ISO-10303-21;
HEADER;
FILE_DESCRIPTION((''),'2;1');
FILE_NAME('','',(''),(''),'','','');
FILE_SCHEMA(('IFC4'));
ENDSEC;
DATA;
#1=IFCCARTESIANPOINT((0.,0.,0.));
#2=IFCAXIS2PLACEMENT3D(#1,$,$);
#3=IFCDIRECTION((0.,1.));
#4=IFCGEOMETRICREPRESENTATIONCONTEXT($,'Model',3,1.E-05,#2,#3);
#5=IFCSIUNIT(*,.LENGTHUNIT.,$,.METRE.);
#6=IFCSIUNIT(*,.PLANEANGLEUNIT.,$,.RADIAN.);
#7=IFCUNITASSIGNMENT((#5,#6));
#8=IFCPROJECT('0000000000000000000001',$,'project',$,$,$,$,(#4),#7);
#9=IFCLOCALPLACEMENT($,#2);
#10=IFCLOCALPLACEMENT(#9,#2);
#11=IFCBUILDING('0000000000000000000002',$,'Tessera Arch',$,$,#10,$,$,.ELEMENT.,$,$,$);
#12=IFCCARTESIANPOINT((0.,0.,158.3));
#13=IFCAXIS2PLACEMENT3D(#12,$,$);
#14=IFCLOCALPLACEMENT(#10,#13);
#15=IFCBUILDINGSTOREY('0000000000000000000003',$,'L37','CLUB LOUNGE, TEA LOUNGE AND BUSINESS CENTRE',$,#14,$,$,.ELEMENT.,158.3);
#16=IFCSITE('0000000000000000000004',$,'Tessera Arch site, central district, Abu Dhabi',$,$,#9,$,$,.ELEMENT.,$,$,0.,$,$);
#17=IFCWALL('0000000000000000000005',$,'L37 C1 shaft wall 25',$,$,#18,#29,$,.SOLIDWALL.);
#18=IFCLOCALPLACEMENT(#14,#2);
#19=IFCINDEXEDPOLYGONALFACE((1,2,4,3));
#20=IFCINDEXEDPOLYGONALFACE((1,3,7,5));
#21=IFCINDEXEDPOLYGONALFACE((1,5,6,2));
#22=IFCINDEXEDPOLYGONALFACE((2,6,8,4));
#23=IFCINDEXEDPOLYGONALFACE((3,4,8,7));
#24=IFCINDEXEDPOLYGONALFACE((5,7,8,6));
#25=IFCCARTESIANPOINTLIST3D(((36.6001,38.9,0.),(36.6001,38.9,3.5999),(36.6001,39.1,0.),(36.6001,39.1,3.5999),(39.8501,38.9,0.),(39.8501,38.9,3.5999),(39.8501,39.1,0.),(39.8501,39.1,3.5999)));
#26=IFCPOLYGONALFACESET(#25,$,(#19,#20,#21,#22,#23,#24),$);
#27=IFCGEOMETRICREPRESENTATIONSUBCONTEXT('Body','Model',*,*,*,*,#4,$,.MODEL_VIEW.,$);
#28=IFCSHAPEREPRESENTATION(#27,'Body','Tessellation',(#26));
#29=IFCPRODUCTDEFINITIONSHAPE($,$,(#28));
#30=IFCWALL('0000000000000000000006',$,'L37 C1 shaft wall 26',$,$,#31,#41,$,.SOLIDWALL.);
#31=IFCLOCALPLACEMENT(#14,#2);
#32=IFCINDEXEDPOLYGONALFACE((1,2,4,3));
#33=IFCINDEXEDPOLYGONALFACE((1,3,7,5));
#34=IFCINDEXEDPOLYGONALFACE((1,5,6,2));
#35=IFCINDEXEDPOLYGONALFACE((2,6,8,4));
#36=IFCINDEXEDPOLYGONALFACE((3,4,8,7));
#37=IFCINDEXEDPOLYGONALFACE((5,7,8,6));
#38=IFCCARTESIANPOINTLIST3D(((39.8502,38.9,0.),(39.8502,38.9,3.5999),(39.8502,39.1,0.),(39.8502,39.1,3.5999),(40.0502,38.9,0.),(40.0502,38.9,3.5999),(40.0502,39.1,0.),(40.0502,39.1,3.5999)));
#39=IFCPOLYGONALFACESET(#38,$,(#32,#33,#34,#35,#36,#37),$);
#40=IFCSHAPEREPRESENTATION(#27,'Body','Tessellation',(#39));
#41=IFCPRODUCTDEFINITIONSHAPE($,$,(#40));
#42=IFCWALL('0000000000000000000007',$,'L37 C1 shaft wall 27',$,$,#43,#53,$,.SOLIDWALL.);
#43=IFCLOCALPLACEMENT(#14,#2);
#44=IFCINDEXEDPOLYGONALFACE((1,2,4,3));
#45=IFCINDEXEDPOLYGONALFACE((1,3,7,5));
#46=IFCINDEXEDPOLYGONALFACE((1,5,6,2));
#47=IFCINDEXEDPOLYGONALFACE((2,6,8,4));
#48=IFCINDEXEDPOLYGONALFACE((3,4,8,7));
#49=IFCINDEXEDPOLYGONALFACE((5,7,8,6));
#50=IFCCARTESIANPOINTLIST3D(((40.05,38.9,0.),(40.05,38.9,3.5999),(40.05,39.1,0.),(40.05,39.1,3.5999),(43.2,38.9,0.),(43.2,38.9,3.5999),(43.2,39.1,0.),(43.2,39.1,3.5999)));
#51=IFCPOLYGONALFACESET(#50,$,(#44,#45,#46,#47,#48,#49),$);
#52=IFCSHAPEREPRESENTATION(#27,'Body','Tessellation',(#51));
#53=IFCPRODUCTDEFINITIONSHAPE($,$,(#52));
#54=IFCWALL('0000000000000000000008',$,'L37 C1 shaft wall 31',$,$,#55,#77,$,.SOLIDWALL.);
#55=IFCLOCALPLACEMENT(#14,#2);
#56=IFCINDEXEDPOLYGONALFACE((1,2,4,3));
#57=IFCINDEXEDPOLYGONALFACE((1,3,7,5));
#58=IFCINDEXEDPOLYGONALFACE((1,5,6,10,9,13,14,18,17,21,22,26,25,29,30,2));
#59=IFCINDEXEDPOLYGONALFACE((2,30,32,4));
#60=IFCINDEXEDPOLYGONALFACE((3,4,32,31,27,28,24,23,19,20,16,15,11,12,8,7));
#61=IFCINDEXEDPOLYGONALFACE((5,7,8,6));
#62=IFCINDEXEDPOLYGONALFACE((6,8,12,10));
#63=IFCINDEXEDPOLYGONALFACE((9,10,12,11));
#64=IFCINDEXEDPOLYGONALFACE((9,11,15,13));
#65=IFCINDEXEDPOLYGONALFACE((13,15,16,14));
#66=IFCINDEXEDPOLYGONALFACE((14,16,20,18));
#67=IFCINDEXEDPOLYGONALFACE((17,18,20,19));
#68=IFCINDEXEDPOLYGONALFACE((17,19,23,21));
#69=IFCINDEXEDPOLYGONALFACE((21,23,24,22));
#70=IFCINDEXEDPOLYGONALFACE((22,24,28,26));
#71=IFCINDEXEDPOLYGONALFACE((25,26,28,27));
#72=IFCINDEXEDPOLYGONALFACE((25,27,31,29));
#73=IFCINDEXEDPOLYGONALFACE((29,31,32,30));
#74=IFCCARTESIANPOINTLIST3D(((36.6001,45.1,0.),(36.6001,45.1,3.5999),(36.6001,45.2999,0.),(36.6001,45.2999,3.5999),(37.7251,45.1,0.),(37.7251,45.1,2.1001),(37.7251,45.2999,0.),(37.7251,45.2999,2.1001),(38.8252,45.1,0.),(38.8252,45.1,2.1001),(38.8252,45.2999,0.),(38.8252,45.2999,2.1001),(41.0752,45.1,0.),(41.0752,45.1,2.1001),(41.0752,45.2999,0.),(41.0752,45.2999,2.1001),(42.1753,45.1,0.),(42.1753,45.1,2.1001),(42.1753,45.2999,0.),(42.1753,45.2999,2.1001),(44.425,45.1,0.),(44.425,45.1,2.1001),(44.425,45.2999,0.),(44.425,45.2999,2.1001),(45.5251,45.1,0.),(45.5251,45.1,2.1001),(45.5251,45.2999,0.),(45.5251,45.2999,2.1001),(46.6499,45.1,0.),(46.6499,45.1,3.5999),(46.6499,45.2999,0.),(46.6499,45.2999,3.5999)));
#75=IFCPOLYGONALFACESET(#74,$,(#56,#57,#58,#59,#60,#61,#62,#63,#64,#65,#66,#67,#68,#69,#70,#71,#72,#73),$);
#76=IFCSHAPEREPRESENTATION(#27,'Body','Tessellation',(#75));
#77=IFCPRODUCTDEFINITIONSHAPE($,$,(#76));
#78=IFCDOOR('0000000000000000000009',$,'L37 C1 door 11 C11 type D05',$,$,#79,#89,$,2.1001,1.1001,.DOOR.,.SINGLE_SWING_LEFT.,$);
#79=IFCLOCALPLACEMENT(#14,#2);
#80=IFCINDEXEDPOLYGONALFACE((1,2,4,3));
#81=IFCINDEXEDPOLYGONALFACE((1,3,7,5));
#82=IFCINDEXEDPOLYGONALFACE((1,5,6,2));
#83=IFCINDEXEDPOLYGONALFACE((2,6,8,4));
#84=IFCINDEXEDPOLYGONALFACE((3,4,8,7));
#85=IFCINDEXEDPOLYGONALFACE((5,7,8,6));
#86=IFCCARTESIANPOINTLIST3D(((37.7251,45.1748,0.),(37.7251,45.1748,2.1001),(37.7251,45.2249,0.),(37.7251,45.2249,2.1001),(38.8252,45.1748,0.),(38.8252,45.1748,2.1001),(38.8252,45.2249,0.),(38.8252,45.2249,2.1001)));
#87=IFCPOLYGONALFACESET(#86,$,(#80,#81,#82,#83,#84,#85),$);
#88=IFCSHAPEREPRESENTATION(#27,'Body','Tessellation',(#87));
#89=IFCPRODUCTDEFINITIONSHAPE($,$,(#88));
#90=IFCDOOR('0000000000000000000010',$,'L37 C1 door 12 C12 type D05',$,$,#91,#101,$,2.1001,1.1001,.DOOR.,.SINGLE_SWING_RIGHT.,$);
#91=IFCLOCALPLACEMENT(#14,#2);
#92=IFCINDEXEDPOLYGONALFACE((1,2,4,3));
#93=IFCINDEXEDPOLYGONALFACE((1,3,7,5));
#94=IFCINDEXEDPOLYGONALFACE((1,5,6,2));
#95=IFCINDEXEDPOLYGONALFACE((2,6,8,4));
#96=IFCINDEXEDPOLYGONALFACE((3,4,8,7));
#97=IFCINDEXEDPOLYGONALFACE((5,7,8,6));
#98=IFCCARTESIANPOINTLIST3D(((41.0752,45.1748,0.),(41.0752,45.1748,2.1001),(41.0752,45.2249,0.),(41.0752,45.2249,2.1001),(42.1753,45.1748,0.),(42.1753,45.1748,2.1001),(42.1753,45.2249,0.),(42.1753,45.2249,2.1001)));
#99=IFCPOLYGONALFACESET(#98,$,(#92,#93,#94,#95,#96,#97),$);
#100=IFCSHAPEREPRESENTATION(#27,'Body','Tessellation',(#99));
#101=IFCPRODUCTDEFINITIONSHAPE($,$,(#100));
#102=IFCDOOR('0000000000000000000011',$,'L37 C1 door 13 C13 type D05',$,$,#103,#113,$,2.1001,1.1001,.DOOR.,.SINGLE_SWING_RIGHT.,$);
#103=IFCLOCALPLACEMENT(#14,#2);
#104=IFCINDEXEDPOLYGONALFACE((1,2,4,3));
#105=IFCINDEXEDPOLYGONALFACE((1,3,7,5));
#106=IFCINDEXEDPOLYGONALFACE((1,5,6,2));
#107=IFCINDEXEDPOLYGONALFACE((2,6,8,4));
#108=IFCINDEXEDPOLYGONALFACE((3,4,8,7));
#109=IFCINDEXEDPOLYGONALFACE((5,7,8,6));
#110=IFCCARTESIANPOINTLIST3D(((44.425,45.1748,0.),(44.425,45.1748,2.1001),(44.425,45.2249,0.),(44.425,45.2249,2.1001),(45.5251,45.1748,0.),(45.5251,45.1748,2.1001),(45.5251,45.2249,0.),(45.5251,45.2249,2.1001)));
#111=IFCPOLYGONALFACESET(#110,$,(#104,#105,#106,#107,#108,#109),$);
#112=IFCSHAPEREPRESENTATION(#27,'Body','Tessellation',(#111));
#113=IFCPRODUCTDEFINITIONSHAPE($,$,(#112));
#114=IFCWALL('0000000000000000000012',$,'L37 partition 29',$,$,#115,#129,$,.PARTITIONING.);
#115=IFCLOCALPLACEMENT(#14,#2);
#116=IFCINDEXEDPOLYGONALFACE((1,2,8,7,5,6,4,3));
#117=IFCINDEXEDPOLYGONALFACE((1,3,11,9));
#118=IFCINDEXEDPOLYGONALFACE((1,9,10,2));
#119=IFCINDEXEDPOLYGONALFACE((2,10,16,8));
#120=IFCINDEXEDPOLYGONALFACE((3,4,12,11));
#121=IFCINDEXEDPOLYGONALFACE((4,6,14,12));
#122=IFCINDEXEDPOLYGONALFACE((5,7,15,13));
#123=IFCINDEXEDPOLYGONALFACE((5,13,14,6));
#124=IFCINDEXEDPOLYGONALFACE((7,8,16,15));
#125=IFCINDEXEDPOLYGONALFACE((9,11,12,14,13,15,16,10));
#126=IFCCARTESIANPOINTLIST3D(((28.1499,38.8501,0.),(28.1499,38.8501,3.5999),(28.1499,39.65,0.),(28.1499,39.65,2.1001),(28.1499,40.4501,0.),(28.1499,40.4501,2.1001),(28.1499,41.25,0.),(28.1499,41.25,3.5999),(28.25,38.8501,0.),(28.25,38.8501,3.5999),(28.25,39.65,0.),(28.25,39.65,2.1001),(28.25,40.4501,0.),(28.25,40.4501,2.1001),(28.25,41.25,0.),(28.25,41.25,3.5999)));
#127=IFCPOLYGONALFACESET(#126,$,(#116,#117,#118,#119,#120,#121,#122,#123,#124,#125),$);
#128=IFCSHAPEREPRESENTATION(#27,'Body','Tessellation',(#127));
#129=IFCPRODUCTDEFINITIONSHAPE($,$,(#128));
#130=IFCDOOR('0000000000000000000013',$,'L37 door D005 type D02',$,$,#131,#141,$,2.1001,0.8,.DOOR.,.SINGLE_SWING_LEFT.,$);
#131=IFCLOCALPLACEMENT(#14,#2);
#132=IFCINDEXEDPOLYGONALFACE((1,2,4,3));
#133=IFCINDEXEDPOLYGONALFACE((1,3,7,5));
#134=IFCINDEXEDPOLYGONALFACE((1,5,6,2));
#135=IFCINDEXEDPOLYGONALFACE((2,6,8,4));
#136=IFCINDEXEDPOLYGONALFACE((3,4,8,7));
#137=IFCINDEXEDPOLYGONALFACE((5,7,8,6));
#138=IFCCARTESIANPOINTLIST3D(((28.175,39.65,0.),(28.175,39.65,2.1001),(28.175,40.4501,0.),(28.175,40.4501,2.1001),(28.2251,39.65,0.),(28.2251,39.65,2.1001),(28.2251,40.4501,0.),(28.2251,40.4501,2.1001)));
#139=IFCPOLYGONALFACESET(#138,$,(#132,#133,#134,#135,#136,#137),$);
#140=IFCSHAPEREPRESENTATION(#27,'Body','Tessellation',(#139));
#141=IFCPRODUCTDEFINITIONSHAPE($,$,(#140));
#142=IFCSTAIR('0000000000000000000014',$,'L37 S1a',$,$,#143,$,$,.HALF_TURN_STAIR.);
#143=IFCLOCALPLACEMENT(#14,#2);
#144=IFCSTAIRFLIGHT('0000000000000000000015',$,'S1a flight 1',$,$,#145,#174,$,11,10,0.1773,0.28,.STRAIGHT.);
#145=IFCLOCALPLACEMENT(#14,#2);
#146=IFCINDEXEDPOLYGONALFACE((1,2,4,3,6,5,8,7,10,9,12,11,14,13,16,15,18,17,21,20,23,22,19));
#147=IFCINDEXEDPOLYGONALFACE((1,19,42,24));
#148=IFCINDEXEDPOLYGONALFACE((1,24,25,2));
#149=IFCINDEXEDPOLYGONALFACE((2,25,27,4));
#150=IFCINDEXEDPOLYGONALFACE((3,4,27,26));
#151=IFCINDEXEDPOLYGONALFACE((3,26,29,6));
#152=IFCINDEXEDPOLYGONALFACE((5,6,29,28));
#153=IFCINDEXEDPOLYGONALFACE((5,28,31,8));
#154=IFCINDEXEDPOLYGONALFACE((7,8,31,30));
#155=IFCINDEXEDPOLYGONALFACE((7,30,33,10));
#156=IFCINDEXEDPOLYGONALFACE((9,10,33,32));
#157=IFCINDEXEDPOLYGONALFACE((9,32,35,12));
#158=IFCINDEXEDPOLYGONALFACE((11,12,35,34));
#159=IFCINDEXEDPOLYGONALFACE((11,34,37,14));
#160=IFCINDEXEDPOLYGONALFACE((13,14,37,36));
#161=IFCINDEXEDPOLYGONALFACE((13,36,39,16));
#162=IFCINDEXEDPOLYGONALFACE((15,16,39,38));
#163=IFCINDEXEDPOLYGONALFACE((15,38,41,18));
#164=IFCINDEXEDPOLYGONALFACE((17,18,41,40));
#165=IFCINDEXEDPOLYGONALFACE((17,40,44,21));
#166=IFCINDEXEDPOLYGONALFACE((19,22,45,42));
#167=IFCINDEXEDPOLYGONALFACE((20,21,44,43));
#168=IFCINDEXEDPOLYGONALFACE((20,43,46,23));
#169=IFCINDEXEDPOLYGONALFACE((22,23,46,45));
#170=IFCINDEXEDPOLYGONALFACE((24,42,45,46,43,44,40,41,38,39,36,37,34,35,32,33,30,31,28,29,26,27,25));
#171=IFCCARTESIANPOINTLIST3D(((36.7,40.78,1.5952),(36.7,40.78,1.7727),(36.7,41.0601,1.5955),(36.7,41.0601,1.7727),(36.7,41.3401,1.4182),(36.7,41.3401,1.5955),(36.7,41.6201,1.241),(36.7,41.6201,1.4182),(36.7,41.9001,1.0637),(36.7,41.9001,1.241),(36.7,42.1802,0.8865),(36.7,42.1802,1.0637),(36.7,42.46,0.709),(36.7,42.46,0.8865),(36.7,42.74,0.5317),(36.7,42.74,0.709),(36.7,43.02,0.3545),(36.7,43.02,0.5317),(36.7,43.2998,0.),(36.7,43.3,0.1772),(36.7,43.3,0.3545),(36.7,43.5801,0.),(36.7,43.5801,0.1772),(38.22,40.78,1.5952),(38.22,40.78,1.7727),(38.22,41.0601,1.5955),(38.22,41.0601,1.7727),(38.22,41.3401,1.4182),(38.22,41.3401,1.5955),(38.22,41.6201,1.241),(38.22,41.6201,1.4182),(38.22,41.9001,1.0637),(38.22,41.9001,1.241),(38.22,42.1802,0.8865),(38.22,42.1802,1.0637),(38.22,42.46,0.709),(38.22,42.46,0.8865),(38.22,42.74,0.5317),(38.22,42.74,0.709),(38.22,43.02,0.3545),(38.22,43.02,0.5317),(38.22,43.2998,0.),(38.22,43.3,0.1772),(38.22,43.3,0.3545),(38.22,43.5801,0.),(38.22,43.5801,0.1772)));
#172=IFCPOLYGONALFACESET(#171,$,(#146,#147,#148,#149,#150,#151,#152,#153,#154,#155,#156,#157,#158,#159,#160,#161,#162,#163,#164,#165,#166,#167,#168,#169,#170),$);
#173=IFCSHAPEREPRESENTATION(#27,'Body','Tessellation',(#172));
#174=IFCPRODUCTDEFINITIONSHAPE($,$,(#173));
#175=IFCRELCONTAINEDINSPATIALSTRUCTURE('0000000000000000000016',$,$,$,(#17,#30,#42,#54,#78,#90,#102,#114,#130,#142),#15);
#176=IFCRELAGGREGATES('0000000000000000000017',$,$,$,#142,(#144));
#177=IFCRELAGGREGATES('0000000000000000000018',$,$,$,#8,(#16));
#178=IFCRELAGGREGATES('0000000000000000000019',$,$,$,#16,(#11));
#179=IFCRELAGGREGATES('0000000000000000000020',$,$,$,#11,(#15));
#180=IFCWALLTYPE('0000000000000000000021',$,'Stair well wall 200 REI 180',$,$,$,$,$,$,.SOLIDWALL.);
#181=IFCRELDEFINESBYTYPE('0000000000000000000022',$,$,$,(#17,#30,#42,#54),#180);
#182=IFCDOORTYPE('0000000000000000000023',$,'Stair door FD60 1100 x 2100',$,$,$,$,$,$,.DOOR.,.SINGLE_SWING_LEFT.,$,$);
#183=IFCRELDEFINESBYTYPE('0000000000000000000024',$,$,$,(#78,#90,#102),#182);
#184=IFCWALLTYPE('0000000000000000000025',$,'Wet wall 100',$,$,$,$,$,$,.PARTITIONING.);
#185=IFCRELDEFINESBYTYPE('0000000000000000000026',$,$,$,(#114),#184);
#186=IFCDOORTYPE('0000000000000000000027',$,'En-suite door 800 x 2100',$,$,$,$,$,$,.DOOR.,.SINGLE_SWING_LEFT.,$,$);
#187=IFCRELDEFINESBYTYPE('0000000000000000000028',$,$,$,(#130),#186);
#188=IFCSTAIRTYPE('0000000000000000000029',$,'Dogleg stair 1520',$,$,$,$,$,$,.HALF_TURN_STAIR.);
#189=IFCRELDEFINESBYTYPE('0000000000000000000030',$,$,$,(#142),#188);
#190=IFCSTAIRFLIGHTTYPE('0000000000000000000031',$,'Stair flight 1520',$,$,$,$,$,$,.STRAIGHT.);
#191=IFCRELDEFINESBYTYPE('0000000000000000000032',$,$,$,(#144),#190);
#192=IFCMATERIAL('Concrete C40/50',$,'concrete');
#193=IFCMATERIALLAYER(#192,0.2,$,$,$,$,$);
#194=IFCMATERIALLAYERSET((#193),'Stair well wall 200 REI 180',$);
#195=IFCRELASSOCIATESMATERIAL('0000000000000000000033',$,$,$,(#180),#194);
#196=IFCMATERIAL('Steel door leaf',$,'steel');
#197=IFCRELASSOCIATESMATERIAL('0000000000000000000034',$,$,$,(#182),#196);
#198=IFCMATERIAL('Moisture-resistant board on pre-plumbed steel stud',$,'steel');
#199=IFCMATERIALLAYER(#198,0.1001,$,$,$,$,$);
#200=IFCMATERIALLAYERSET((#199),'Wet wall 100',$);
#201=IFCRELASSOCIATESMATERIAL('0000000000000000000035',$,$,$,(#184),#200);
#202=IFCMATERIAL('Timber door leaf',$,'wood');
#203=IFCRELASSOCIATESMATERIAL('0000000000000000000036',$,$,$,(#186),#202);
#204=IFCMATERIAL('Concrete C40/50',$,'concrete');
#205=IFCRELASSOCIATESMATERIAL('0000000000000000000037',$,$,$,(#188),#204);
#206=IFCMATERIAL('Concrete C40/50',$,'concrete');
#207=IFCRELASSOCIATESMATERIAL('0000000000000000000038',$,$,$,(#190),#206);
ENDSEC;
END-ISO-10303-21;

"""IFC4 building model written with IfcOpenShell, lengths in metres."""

from ifc_helpers import new_model, si_unit, direction, frame, frame_2d, origin, place, context, subcontext, project, spatial, polyline, rectangle, outline, extrude, material, layer, layer_set, type_object, element, fill, aggregate, save


model = new_model("IFC4")

# Units and contexts
model_context = context("Model", 3, precision=1e-05, world=origin(), true_north=direction((0.0, 1.0)))
body_context = subcontext(model_context, "Body", "Model", "MODEL_VIEW")
ifc_project = project(units=[si_unit("LENGTHUNIT", "METRE"), si_unit("PLANEANGLEUNIT", "RADIAN")], contexts=[model_context])

# Site, building, storey
site_placement = place(None, origin())
site = spatial("IfcSite", under=ifc_project, at=site_placement, Name="Tessera Arch site, central district, Abu Dhabi", CompositionType="ELEMENT", RefElevation=0.0)
building_placement = place(site_placement, origin())
building = spatial("IfcBuilding", under=site, at=building_placement, Name="Tessera Arch", CompositionType="ELEMENT")
storey_placement = place(building_placement, frame((0.0, 0.0, 158.3)))
storey = spatial("IfcBuildingStorey", under=building, at=storey_placement, Name="L37", Description="CLUB LOUNGE, TEA LOUNGE AND BUSINESS CENTRE", CompositionType="ELEMENT", Elevation=158.3)

# Walls
ifc_material_1 = material(Name="Concrete C40/50", Category="concrete")
ifc_layer_1 = layer(ifc_material_1, 0.2)
ifc_layer_set_1 = layer_set([ifc_layer_1], Name="Stair well wall 200 REI 180")
wall_type_1 = type_object("IfcWallType", Name="Stair well wall 200 REI 180", PredefinedType="SOLIDWALL", material=ifc_layer_set_1)
wall_1_placement = place(storey_placement, frame((36.6001, 39.0, 0.0), z_axis=(0.0, 0.0, 1.0), x_axis=(1.0, 0.0, 0.0)))
element("IfcWall", 1, at=wall_1_placement, inside=storey, type_object=wall_type_1, Name="L37 C1 shaft wall 25", PredefinedType="SOLIDWALL", context=body_context, shape_type="SweptSolid", body=[
    extrude(rectangle(XDim=3.25, YDim=0.2, at=frame_2d((1.625, 0.0))), origin(), (0.0, 0.0, 1.0), 3.5999),
])
wall_2_placement = place(storey_placement, frame((39.8501, 39.0, 0.0), z_axis=(0.0, 0.0, 1.0), x_axis=(1.0, 0.0, 0.0)))
element("IfcWall", 2, at=wall_2_placement, inside=storey, type_object=wall_type_1, Name="L37 C1 shaft wall 26", PredefinedType="SOLIDWALL", context=body_context, shape_type="SweptSolid", body=[
    extrude(rectangle(XDim=0.2, YDim=0.2, at=frame_2d((0.1001, 0.0))), origin(), (0.0, 0.0, 1.0), 3.5999),
])
wall_3_placement = place(storey_placement, frame((40.05, 39.0, 0.0), z_axis=(0.0, 0.0, 1.0), x_axis=(1.0, 0.0, 0.0)))
element("IfcWall", 3, at=wall_3_placement, inside=storey, type_object=wall_type_1, Name="L37 C1 shaft wall 27", PredefinedType="SOLIDWALL", context=body_context, shape_type="SweptSolid", body=[
    extrude(rectangle(XDim=3.1499, YDim=0.2, at=frame_2d((1.575, 0.0))), origin(), (0.0, 0.0, 1.0), 3.5999),
])

# Wall, openings, doors
wall_4_placement = place(storey_placement, frame((36.6001, 45.2, 0.0), z_axis=(0.0, 0.0, 1.0), x_axis=(1.0, 0.0, 0.0)))
wall_4 = element("IfcWall", 4, at=wall_4_placement, inside=storey, type_object=wall_type_1, Name="L37 C1 shaft wall 31", PredefinedType="SOLIDWALL", context=body_context, shape_type="SweptSolid", body=[
    extrude(rectangle(XDim=10.0498, YDim=0.2, at=frame_2d((5.0249, 0.0))), origin(), (0.0, 0.0, 1.0), 3.5999),
])
opening_1_placement = place(wall_4_placement, frame((1.125, 0.0, 0.0)))
opening_1 = element("IfcOpeningElement", 5, at=opening_1_placement, cuts=wall_4, PredefinedType="OPENING", context=body_context, shape_type="SweptSolid", body=[
    extrude(rectangle(XDim=1.1001, YDim=2.1001, at=frame_2d((0.55, 1.05))), frame((0.0, 0.1099, 0.0), z_axis=(0.0, -1.0, 0.0), x_axis=(1.0, 0.0, 0.0)), (0.0, 0.0, 1.0), 0.22),
])
opening_2_placement = place(wall_4_placement, frame((4.4751, 0.0, 0.0)))
opening_2 = element("IfcOpeningElement", 6, at=opening_2_placement, cuts=wall_4, PredefinedType="OPENING", context=body_context, shape_type="SweptSolid", body=[
    extrude(rectangle(XDim=1.1001, YDim=2.1001, at=frame_2d((0.55, 1.05))), frame((0.0, 0.1099, 0.0), z_axis=(0.0, -1.0, 0.0), x_axis=(1.0, 0.0, 0.0)), (0.0, 0.0, 1.0), 0.22),
])
opening_3_placement = place(wall_4_placement, frame((7.825, 0.0, 0.0)))
opening_3 = element("IfcOpeningElement", 7, at=opening_3_placement, cuts=wall_4, PredefinedType="OPENING", context=body_context, shape_type="SweptSolid", body=[
    extrude(rectangle(XDim=1.1001, YDim=2.1001, at=frame_2d((0.55, 1.05))), frame((0.0, 0.1099, 0.0), z_axis=(0.0, -1.0, 0.0), x_axis=(1.0, 0.0, 0.0)), (0.0, 0.0, 1.0), 0.22),
])
ifc_material_2 = material(Name="Steel door leaf", Category="steel")
door_type_1 = type_object("IfcDoorType", Name="Stair door FD60 1100 x 2100", OperationType="SINGLE_SWING_LEFT", PredefinedType="DOOR", material=ifc_material_2)
door_1_placement = place(opening_1_placement, origin())
door_1 = element("IfcDoor", 8, at=door_1_placement, inside=storey, type_object=door_type_1, Name="L37 C1 door 11 C11 type D05", OperationType="SINGLE_SWING_LEFT", OverallHeight=2.1001, OverallWidth=1.1001, PredefinedType="DOOR", context=body_context, shape_type="SweptSolid", body=[
    extrude(rectangle(XDim=1.1001, YDim=2.1001, at=frame_2d((0.55, 1.05))), frame((0.0, 0.0249, 0.0), z_axis=(0.0, -1.0, 0.0), x_axis=(1.0, 0.0, 0.0)), (0.0, 0.0, 1.0), 0.05),
])
fill(opening_1, door_1)
door_2_placement = place(opening_2_placement, origin())
door_2 = element("IfcDoor", 9, at=door_2_placement, inside=storey, type_object=door_type_1, Name="L37 C1 door 12 C12 type D05", OperationType="SINGLE_SWING_RIGHT", OverallHeight=2.1001, OverallWidth=1.1001, PredefinedType="DOOR", context=body_context, shape_type="SweptSolid", body=[
    extrude(rectangle(XDim=1.1001, YDim=2.1001, at=frame_2d((0.55, 1.05))), frame((0.0, 0.0249, 0.0), z_axis=(0.0, -1.0, 0.0), x_axis=(1.0, 0.0, 0.0)), (0.0, 0.0, 1.0), 0.05),
])
fill(opening_2, door_2)
door_3_placement = place(opening_3_placement, origin())
door_3 = element("IfcDoor", 10, at=door_3_placement, inside=storey, type_object=door_type_1, Name="L37 C1 door 13 C13 type D05", OperationType="SINGLE_SWING_RIGHT", OverallHeight=2.1001, OverallWidth=1.1001, PredefinedType="DOOR", context=body_context, shape_type="SweptSolid", body=[
    extrude(rectangle(XDim=1.1001, YDim=2.1001, at=frame_2d((0.55, 1.05))), frame((0.0, 0.0249, 0.0), z_axis=(0.0, -1.0, 0.0), x_axis=(1.0, 0.0, 0.0)), (0.0, 0.0, 1.0), 0.05),
])
fill(opening_3, door_3)

# Wall, opening, door
ifc_material_3 = material(Name="Moisture-resistant board on pre-plumbed steel stud", Category="steel")
ifc_layer_2 = layer(ifc_material_3, 0.1001)
ifc_layer_set_2 = layer_set([ifc_layer_2], Name="Wet wall 100")
wall_type_2 = type_object("IfcWallType", Name="Wet wall 100", PredefinedType="PARTITIONING", material=ifc_layer_set_2)
wall_5_placement = place(storey_placement, frame((28.2, 38.8501, 0.0), z_axis=(0.0, 0.0, 1.0), x_axis=(0.0, 1.0, 0.0)))
wall_5 = element("IfcWall", 11, at=wall_5_placement, inside=storey, type_object=wall_type_2, Name="L37 partition 29", PredefinedType="PARTITIONING", context=body_context, shape_type="SweptSolid", body=[
    extrude(rectangle(XDim=2.3999, YDim=0.1001, at=frame_2d((1.2, 0.0))), origin(), (0.0, 0.0, 1.0), 3.5999),
])
opening_4_placement = place(wall_5_placement, frame((0.8, 0.0, 0.0)))
opening_4 = element("IfcOpeningElement", 12, at=opening_4_placement, cuts=wall_5, PredefinedType="OPENING", context=body_context, shape_type="SweptSolid", body=[
    extrude(rectangle(XDim=0.8, YDim=2.1001, at=frame_2d((0.3999, 1.05))), frame((0.0, 0.0601, 0.0), z_axis=(0.0, -1.0, 0.0), x_axis=(1.0, 0.0, 0.0)), (0.0, 0.0, 1.0), 0.1201),
])
ifc_material_4 = material(Name="Timber door leaf", Category="wood")
door_type_2 = type_object("IfcDoorType", Name="En-suite door 800 x 2100", OperationType="SINGLE_SWING_LEFT", PredefinedType="DOOR", material=ifc_material_4)
door_4_placement = place(opening_4_placement, origin())
door_4 = element("IfcDoor", 13, at=door_4_placement, inside=storey, type_object=door_type_2, Name="L37 door D005 type D02", OperationType="SINGLE_SWING_LEFT", OverallHeight=2.1001, OverallWidth=0.8, PredefinedType="DOOR", context=body_context, shape_type="SweptSolid", body=[
    extrude(rectangle(XDim=0.8, YDim=2.1001, at=frame_2d((0.3999, 1.05))), frame((0.0, 0.0249, 0.0), z_axis=(0.0, -1.0, 0.0), x_axis=(1.0, 0.0, 0.0)), (0.0, 0.0, 1.0), 0.05),
])
fill(opening_4, door_4)

# Stair, stair flight
ifc_material_5 = material(Name="Concrete C40/50", Category="concrete")
stair_type = type_object("IfcStairType", Name="Dogleg stair 1520", PredefinedType="HALF_TURN_STAIR", material=ifc_material_5)
stair_placement = place(storey_placement, origin())
stair = element("IfcStair", 14, at=stair_placement, inside=storey, type_object=stair_type, Name="L37 S1a", PredefinedType="HALF_TURN_STAIR")
ifc_material_6 = material(Name="Concrete C40/50", Category="concrete")
stair_flight_type = type_object("IfcStairFlightType", Name="Stair flight 1520", PredefinedType="STRAIGHT", material=ifc_material_6)
stair_flight_1_placement = place(storey_placement, frame((37.46, 43.5801, 0.0), z_axis=(0.0, 0.0, 1.0), x_axis=(0.0, -1.0, 0.0)))
stair_flight_1 = element("IfcStairFlight", 15, at=stair_flight_1_placement, type_object=stair_flight_type, Name="S1a flight 1", NumberOfRisers=11, NumberOfTreads=10, PredefinedType="STRAIGHT", RiserHeight=0.1773, TreadLength=0.28, context=body_context, shape_type="SweptSolid", body=[
    extrude(outline(polyline([(0.0, 0.0), (0.0, 0.1772), (0.28, 0.1772), (0.28, 0.3545), (0.5601, 0.3545), (0.5601, 0.5317), (0.8401, 0.5317), (0.8401, 0.709), (1.1201, 0.709), (1.1201, 0.8865), (1.3999, 0.8865), (1.3999, 1.0637), (1.6799, 1.0637), (1.6799, 1.241), (1.96, 1.241), (1.96, 1.4182), (2.24, 1.4182), (2.24, 1.5955), (2.52, 1.5955), (2.52, 1.7727), (2.8, 1.7727), (2.8, 1.95), (2.8, 1.5952), (0.2803, 0.0), (0.0, 0.0)])), frame((0.0, 0.76, 0.0), z_axis=(0.0, -1.0, 0.0), x_axis=(1.0, 0.0, 0.0)), (0.0, 0.0, 1.0), 1.52),
])
aggregate(stair, [stair_flight_1])

save(model, "model.ifc")
